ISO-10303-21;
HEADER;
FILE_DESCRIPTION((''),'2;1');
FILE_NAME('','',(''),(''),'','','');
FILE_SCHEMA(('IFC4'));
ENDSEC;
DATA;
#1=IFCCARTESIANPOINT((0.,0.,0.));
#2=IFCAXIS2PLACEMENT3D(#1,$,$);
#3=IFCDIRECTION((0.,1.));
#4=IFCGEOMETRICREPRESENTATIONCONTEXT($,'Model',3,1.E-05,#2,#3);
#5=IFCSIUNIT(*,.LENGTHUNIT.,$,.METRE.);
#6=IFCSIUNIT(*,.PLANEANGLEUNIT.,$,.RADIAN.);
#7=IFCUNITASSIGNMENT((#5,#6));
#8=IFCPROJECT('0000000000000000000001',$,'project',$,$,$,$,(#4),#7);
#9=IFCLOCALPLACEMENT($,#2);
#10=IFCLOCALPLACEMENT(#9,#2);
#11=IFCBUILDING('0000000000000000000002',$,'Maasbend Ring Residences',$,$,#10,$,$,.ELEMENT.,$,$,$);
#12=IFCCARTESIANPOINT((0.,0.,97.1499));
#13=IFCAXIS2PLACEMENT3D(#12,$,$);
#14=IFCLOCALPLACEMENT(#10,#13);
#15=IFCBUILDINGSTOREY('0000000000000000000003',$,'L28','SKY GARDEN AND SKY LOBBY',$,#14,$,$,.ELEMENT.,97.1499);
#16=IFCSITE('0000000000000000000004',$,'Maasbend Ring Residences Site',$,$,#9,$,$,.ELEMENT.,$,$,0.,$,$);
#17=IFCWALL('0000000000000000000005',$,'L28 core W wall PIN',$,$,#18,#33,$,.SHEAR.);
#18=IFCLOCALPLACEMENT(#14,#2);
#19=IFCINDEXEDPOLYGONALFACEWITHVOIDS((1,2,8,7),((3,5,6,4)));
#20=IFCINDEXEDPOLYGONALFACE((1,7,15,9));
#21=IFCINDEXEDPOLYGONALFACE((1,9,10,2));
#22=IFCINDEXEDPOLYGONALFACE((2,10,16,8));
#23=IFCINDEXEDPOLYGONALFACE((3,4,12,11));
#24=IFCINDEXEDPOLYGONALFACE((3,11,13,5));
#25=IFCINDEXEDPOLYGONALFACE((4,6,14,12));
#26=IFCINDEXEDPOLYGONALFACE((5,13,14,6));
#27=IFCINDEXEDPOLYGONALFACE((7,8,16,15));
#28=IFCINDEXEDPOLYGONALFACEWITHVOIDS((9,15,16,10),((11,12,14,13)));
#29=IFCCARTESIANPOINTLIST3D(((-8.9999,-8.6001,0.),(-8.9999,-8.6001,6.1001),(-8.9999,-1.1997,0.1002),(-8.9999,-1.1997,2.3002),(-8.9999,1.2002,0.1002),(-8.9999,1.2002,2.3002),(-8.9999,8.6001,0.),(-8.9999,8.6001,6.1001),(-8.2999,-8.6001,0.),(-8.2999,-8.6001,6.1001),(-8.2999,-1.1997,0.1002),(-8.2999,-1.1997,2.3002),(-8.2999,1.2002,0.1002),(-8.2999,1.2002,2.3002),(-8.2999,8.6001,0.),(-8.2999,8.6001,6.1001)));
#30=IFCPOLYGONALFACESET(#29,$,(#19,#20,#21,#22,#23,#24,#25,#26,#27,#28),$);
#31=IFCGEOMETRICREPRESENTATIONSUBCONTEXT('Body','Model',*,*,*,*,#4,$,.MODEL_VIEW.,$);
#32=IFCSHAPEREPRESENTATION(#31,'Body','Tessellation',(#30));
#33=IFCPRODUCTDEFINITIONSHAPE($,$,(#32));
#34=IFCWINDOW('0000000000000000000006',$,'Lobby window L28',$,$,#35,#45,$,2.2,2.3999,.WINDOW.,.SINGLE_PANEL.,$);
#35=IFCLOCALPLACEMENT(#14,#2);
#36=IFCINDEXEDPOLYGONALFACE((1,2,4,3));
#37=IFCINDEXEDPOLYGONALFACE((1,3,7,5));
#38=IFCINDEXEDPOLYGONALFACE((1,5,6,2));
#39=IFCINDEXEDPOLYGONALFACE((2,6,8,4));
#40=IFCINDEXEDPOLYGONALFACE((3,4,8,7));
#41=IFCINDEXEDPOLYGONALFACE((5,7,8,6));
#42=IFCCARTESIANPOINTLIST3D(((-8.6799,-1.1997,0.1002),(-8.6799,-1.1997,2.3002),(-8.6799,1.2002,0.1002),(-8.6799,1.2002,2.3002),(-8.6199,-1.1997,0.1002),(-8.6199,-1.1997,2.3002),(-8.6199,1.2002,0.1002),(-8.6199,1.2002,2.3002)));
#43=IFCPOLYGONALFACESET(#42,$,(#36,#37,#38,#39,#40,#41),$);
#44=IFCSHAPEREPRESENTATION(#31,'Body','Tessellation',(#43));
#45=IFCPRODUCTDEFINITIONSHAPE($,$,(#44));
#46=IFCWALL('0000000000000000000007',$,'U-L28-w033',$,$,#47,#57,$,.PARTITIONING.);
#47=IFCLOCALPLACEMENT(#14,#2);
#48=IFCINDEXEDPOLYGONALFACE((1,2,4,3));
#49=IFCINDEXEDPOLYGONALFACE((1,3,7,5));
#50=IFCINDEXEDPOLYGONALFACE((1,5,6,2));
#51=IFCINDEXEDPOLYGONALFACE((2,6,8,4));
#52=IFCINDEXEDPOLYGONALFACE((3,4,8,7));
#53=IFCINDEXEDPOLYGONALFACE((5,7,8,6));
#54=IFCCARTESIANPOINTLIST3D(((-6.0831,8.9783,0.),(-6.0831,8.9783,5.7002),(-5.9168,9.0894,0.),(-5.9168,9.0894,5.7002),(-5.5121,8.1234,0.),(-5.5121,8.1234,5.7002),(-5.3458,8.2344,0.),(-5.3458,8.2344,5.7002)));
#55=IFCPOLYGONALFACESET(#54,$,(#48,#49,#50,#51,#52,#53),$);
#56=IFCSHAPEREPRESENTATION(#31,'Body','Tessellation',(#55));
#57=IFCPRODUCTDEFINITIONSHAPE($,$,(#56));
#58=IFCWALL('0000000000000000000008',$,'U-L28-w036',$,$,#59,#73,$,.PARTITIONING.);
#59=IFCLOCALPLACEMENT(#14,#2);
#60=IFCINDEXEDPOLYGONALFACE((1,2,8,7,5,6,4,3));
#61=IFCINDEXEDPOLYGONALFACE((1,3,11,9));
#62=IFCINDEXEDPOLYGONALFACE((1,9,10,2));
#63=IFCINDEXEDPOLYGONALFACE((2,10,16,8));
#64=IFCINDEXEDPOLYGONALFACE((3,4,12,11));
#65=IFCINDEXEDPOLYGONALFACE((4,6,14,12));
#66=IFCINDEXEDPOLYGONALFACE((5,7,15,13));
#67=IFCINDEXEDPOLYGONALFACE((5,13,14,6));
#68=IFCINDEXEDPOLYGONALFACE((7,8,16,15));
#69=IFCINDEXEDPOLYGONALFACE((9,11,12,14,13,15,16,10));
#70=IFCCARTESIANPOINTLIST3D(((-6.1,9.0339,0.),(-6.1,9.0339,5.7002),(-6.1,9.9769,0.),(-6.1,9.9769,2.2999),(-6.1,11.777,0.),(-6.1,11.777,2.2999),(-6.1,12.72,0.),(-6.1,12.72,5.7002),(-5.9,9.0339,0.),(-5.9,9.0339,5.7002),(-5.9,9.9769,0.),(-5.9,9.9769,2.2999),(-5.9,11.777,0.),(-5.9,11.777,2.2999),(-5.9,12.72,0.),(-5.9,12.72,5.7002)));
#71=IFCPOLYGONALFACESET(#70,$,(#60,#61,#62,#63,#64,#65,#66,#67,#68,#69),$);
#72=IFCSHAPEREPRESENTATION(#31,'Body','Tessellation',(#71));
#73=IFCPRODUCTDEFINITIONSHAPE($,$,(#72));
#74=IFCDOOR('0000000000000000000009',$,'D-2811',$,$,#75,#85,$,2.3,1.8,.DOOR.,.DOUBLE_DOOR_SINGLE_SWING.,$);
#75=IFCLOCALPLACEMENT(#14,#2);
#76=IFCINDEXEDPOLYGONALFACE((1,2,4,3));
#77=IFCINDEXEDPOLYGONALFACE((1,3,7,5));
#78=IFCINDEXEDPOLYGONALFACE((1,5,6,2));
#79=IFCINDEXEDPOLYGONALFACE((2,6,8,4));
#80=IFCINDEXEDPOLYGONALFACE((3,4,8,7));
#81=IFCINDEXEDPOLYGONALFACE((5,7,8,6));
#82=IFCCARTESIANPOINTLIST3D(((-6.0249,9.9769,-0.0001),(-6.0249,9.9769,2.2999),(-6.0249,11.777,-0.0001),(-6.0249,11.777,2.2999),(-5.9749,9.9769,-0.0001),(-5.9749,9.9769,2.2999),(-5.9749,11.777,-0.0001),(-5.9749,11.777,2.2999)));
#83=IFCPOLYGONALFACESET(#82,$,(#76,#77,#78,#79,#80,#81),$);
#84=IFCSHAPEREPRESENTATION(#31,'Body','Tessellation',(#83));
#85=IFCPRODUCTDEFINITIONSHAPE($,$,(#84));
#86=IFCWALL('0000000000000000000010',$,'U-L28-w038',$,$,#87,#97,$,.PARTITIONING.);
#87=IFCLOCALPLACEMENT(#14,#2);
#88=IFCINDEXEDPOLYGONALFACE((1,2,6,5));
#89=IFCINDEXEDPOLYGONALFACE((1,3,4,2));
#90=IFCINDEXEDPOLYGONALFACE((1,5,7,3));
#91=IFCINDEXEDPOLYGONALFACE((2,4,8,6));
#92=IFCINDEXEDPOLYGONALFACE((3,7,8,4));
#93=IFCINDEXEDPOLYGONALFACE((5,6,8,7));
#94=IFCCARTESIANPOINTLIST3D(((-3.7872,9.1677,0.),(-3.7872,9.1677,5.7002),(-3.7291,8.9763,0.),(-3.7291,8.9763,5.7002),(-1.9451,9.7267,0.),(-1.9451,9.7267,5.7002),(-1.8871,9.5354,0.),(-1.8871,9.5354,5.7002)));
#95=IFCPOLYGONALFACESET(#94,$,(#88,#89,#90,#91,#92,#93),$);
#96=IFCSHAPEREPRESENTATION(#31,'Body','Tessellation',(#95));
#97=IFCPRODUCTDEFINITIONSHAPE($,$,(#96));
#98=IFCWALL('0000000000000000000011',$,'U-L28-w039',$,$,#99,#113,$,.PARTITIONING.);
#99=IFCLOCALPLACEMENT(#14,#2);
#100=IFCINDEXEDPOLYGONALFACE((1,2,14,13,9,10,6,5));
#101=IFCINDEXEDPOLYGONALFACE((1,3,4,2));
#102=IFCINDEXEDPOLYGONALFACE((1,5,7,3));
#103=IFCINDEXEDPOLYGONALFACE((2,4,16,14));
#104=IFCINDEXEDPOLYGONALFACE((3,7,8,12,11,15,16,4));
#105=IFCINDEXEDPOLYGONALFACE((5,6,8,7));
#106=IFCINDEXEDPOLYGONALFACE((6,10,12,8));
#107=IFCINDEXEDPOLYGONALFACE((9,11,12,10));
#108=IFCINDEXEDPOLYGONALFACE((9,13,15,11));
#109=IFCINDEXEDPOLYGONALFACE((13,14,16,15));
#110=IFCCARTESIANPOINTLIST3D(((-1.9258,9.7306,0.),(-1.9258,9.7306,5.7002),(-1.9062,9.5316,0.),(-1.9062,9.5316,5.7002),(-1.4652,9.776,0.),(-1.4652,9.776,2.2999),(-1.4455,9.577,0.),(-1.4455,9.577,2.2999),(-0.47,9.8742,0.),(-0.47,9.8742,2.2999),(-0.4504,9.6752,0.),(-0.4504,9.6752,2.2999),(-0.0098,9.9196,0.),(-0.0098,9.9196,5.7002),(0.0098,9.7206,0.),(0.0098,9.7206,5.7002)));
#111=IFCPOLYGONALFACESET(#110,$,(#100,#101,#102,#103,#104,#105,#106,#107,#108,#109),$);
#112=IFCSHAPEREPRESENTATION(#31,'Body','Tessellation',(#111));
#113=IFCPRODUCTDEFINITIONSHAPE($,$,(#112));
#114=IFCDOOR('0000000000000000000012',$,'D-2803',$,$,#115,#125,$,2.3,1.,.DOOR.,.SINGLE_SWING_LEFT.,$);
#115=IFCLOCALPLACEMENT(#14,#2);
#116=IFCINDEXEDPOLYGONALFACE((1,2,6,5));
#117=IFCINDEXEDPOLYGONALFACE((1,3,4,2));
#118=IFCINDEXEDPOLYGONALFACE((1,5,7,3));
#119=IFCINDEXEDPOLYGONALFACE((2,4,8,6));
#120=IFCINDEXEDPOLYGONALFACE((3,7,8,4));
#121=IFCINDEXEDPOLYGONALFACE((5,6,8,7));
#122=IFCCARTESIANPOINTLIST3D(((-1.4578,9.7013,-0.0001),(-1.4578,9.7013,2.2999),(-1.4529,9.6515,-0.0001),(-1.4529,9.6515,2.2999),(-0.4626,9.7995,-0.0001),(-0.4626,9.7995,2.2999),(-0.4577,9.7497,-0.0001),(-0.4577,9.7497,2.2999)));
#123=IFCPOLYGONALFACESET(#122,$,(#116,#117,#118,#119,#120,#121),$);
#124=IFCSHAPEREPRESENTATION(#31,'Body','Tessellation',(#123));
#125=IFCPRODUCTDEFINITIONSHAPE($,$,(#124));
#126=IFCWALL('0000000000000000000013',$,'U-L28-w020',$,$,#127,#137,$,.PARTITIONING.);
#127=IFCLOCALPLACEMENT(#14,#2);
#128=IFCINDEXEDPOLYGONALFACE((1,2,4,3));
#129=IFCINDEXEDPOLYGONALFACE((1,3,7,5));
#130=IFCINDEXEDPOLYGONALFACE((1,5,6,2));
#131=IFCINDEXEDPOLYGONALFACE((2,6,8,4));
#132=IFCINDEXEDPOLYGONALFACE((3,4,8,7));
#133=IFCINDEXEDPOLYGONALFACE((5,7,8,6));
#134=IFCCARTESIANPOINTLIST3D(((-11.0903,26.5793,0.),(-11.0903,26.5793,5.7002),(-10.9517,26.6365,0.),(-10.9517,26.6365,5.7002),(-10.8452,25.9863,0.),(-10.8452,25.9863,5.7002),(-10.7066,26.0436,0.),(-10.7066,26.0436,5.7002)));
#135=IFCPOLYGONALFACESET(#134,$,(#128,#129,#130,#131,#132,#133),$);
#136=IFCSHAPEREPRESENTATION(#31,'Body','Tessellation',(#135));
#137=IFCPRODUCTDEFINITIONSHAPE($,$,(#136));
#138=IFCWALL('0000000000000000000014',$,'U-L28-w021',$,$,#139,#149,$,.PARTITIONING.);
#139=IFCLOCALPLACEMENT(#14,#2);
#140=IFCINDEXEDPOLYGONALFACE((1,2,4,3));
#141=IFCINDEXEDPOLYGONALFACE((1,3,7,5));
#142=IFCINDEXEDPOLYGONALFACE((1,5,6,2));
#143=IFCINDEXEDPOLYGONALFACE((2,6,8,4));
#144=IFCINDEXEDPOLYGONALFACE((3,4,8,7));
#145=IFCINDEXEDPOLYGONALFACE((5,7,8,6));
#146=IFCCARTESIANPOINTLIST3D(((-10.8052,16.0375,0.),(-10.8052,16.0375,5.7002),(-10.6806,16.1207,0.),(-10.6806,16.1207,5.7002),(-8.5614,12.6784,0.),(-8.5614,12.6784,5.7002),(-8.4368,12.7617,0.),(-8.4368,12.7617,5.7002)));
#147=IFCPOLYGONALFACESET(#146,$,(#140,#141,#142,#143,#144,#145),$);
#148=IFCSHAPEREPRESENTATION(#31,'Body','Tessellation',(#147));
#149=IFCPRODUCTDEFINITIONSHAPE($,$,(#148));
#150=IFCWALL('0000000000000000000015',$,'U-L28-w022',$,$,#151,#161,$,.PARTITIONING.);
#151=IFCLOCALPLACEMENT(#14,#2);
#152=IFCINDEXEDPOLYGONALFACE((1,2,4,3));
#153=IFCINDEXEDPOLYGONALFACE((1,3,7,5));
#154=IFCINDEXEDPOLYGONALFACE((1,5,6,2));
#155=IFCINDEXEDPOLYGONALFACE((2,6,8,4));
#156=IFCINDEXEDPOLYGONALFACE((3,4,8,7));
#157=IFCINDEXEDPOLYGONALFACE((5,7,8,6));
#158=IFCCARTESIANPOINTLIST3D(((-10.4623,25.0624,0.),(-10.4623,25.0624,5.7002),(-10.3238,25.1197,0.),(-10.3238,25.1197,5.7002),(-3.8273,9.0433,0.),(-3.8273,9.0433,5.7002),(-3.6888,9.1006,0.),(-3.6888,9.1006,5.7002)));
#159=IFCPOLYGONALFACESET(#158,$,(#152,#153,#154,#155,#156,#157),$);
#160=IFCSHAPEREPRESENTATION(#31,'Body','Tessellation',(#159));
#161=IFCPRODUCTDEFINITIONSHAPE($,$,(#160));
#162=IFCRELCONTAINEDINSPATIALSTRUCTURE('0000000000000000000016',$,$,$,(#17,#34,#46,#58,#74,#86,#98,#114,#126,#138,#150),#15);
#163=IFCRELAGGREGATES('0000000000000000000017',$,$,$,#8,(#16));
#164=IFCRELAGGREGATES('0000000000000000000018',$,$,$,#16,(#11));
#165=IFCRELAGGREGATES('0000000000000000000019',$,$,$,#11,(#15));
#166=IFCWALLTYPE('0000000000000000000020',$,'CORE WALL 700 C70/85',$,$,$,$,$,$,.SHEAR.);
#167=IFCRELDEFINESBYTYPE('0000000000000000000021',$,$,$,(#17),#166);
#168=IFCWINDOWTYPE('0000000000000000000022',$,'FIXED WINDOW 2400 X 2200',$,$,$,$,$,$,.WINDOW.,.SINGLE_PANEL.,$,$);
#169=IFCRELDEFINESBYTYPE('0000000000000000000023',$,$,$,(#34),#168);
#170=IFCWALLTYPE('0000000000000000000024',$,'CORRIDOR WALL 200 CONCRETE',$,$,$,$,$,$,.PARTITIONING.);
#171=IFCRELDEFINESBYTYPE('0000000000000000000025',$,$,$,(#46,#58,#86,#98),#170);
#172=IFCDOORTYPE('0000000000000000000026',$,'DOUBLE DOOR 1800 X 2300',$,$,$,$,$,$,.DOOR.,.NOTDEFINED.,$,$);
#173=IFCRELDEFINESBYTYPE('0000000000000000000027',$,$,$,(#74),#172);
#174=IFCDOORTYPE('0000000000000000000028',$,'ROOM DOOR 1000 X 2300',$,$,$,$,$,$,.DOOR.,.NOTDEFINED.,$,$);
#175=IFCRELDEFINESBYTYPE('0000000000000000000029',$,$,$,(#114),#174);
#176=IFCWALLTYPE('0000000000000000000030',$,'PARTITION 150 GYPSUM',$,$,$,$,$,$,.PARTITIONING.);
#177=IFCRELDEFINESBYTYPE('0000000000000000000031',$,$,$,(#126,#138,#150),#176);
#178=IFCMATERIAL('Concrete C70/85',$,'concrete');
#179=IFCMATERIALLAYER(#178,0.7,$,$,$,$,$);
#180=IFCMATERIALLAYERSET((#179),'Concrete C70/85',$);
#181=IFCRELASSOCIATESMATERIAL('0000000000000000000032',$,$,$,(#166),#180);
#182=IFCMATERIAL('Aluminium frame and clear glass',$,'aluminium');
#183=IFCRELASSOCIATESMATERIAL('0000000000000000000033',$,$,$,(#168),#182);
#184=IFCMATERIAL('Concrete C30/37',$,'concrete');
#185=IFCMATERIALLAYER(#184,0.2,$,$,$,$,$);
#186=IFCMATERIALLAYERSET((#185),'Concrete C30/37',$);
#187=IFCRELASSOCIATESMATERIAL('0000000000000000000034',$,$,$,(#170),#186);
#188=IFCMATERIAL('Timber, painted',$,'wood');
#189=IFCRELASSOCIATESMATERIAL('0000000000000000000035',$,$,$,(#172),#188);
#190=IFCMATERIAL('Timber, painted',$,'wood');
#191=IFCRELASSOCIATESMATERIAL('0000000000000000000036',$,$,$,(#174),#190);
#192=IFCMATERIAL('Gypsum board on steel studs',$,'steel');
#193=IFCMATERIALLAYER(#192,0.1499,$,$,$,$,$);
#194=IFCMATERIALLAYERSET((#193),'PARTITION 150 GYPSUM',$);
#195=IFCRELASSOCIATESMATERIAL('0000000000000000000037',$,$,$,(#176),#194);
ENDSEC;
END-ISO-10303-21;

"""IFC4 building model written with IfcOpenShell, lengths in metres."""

from ifc_helpers import new_model, si_unit, direction, frame, frame_2d, origin, place, context, subcontext, project, spatial, rectangle, extrude, material, layer, layer_set, type_object, element, fill, save


model = new_model("IFC4")

# Units and contexts
model_context = context("Model", 3, precision=1e-05, world=origin(), true_north=direction((0.0, 1.0)))
body_context = subcontext(model_context, "Body", "Model", "MODEL_VIEW")
ifc_project = project(units=[si_unit("LENGTHUNIT", "METRE"), si_unit("PLANEANGLEUNIT", "RADIAN")], contexts=[model_context])

# Site, building, storey
site_placement = place(None, origin())
site = spatial("IfcSite", under=ifc_project, at=site_placement, Name="Maasbend Ring Residences Site", CompositionType="ELEMENT", RefElevation=0.0)
building_placement = place(site_placement, origin())
building = spatial("IfcBuilding", under=site, at=building_placement, Name="Maasbend Ring Residences", CompositionType="ELEMENT")
storey_placement = place(building_placement, frame((0.0, 0.0, 97.1499)))
storey = spatial("IfcBuildingStorey", under=building, at=storey_placement, Name="L28", Description="SKY GARDEN AND SKY LOBBY", CompositionType="ELEMENT", Elevation=97.1499)

# Shared definitions
ifc_material_1 = material(Name="Concrete C70/85", Category="concrete")
ifc_layer_1 = layer(ifc_material_1, 0.7)
ifc_layer_set_1 = layer_set([ifc_layer_1], Name="Concrete C70/85")
wall_type_1 = type_object("IfcWallType", Name="CORE WALL 700 C70/85", PredefinedType="SHEAR", material=ifc_layer_set_1)

# Wall, opening, window
wall_1_placement = place(storey_placement, frame((-8.6499, 8.6001, 0.0), z_axis=(0.0, 0.0, 1.0), x_axis=(0.0, -1.0, 0.0)))
wall_1 = element("IfcWall", 1, at=wall_1_placement, inside=storey, type_object=wall_type_1, Name="L28 core W wall PIN", PredefinedType="SHEAR", context=body_context, shape_type="SweptSolid", body=[
    extrude(rectangle(XDim=17.2002, YDim=0.7, at=frame_2d((8.6001, 0.0))), origin(), (0.0, 0.0, 1.0), 6.1001),
])
opening_1_placement = place(wall_1_placement, frame((7.3999, 0.0, 0.1001)))
opening_1 = element("IfcOpeningElement", 2, at=opening_1_placement, cuts=wall_1, PredefinedType="OPENING", context=body_context, shape_type="SweptSolid", body=[
    extrude(rectangle(XDim=2.3999, YDim=2.2, at=frame_2d((1.2, 1.1001))), frame((0.0, 0.3599, 0.0), z_axis=(0.0, -1.0, 0.0), x_axis=(1.0, 0.0, 0.0)), (0.0, 0.0, 1.0), 0.72),
])
ifc_material_2 = material(Name="Aluminium frame and clear glass", Category="aluminium")
window_type = type_object("IfcWindowType", Name="FIXED WINDOW 2400 X 2200", PartitioningType="SINGLE_PANEL", PredefinedType="WINDOW", material=ifc_material_2)
window_placement = place(opening_1_placement, origin())
window = element("IfcWindow", 3, at=window_placement, inside=storey, type_object=window_type, Name="Lobby window L28", OverallHeight=2.2, OverallWidth=2.3999, PartitioningType="SINGLE_PANEL", PredefinedType="WINDOW", context=body_context, shape_type="SweptSolid", body=[
    extrude(rectangle(XDim=2.3999, YDim=2.2, at=frame_2d((1.2, 1.1001))), frame((0.0, 0.03, 0.0), z_axis=(0.0, -1.0, 0.0), x_axis=(1.0, 0.0, 0.0)), (0.0, 0.0, 1.0), 0.0601),
])
fill(opening_1, window)

# Wall
ifc_material_3 = material(Name="Concrete C30/37", Category="concrete")
ifc_layer_2 = layer(ifc_material_3, 0.2)
ifc_layer_set_2 = layer_set([ifc_layer_2], Name="Concrete C30/37")
wall_type_2 = type_object("IfcWallType", Name="CORRIDOR WALL 200 CONCRETE", PredefinedType="PARTITIONING", material=ifc_layer_set_2)
wall_2_placement = place(storey_placement, frame((-6.0, 9.0339, 0.0), z_axis=(0.0, 0.0, 1.0), x_axis=(0.555412, -0.831575, 0.0)))
element("IfcWall", 4, at=wall_2_placement, inside=storey, type_object=wall_type_2, Name="U-L28-w033", PredefinedType="PARTITIONING", context=body_context, shape_type="SweptSolid", body=[
    extrude(rectangle(XDim=1.0281, YDim=0.2, at=frame_2d((0.5142, 0.0))), origin(), (0.0, 0.0, 1.0), 5.7002),
])

# Wall, opening, door
wall_3_placement = place(storey_placement, frame((-6.0, 9.0339, 0.0), z_axis=(0.0, 0.0, 1.0), x_axis=(0.0, 1.0, 0.0)))
wall_3 = element("IfcWall", 5, at=wall_3_placement, inside=storey, type_object=wall_type_2, Name="U-L28-w036", PredefinedType="PARTITIONING", context=body_context, shape_type="SweptSolid", body=[
    extrude(rectangle(XDim=3.686, YDim=0.2, at=frame_2d((1.843, 0.0))), origin(), (0.0, 0.0, 1.0), 5.7002),
])
opening_2_placement = place(wall_3_placement, frame((0.9431, 0.0, 0.0)))
opening_2 = element("IfcOpeningElement", 6, at=opening_2_placement, cuts=wall_3, PredefinedType="OPENING", context=body_context, shape_type="SweptSolid", body=[
    extrude(rectangle(XDim=1.8, YDim=2.3, at=frame_2d((0.8999, 1.1499))), frame((0.0, 0.1099, 0.0), z_axis=(0.0, -1.0, 0.0), x_axis=(1.0, 0.0, 0.0)), (0.0, 0.0, 1.0), 0.22),
])
ifc_material_4 = material(Name="Timber, painted", Category="wood")
door_type_1 = type_object("IfcDoorType", Name="DOUBLE DOOR 1800 X 2300", OperationType="NOTDEFINED", PredefinedType="DOOR", material=ifc_material_4)
door_1_placement = place(opening_2_placement, origin())
door_1 = element("IfcDoor", 7, at=door_1_placement, inside=storey, type_object=door_type_1, Name="D-2811", OperationType="DOUBLE_DOOR_SINGLE_SWING", OverallHeight=2.3, OverallWidth=1.8, PredefinedType="DOOR", context=body_context, shape_type="SweptSolid", body=[
    extrude(rectangle(XDim=1.8, YDim=2.3, at=frame_2d((0.8999, 1.1499))), frame((0.0, 0.0249, 0.0), z_axis=(0.0, -1.0, 0.0), x_axis=(1.0, 0.0, 0.0)), (0.0, 0.0, 1.0), 0.05),
])
fill(opening_2, door_1)

# Wall
wall_4_placement = place(storey_placement, frame((-3.7581, 9.072, 0.0), z_axis=(0.0, 0.0, 1.0), x_axis=(0.956896, 0.29043, 0.0)))
element("IfcWall", 8, at=wall_4_placement, inside=storey, type_object=wall_type_2, Name="U-L28-w038", PredefinedType="PARTITIONING", context=body_context, shape_type="SweptSolid", body=[
    extrude(rectangle(XDim=1.925, YDim=0.2, at=frame_2d((0.9624, 0.0))), origin(), (0.0, 0.0, 1.0), 5.7002),
])

# Wall, opening, door
wall_5_placement = place(storey_placement, frame((-1.916, 9.6311, 0.0), z_axis=(0.0, 0.0, 1.0), x_axis=(0.995172, 0.098148, 0.0)))
wall_5 = element("IfcWall", 9, at=wall_5_placement, inside=storey, type_object=wall_type_2, Name="U-L28-w039", PredefinedType="PARTITIONING", context=body_context, shape_type="SweptSolid", body=[
    extrude(rectangle(XDim=1.9253, YDim=0.2, at=frame_2d((0.9626, 0.0))), origin(), (0.0, 0.0, 1.0), 5.7002),
])
opening_3_placement = place(wall_5_placement, frame((0.4629, 0.0, 0.0)))
opening_3 = element("IfcOpeningElement", 10, at=opening_3_placement, cuts=wall_5, PredefinedType="OPENING", context=body_context, shape_type="SweptSolid", body=[
    extrude(rectangle(XDim=1.0, YDim=2.3, at=frame_2d((0.5, 1.1499))), frame((0.0, 0.1099, 0.0), z_axis=(0.0, -1.0, 0.0), x_axis=(1.0, 0.0, 0.0)), (0.0, 0.0, 1.0), 0.22),
])
ifc_material_5 = material(Name="Timber, painted", Category="wood")
door_type_2 = type_object("IfcDoorType", Name="ROOM DOOR 1000 X 2300", OperationType="NOTDEFINED", PredefinedType="DOOR", material=ifc_material_5)
door_2_placement = place(opening_3_placement, origin())
door_2 = element("IfcDoor", 11, at=door_2_placement, inside=storey, type_object=door_type_2, Name="D-2803", OperationType="SINGLE_SWING_LEFT", OverallHeight=2.3, OverallWidth=1.0, PredefinedType="DOOR", context=body_context, shape_type="SweptSolid", body=[
    extrude(rectangle(XDim=1.0, YDim=2.3, at=frame_2d((0.5, 1.1499))), frame((0.0, 0.0249, 0.0), z_axis=(0.0, -1.0, 0.0), x_axis=(1.0, 0.0, 0.0)), (0.0, 0.0, 1.0), 0.05),
])
fill(opening_3, door_2)

# Walls
ifc_material_6 = material(Name="Gypsum board on steel studs", Category="steel")
ifc_layer_3 = layer(ifc_material_6, 0.1499)
ifc_layer_set_3 = layer_set([ifc_layer_3], Name="PARTITION 150 GYPSUM")
wall_type_3 = type_object("IfcWallType", Name="PARTITION 150 GYPSUM", PredefinedType="PARTITIONING", material=ifc_layer_set_3)
wall_6_placement = place(storey_placement, frame((-11.021, 26.6079, 0.0), z_axis=(0.0, 0.0, 1.0), x_axis=(0.381993, -0.924165, 0.0)))
element("IfcWall", 12, at=wall_6_placement, inside=storey, type_object=wall_type_3, Name="U-L28-w020", PredefinedType="PARTITIONING", context=body_context, shape_type="SweptSolid", body=[
    extrude(rectangle(XDim=0.6416, YDim=0.1499, at=frame_2d((0.3208, 0.0))), origin(), (0.0, 0.0, 1.0), 5.7002),
])
wall_7_placement = place(storey_placement, frame((-10.7429, 16.0791, 0.0), z_axis=(0.0, 0.0, 1.0), x_axis=(0.555467, -0.831539, 0.0)))
element("IfcWall", 13, at=wall_7_placement, inside=storey, type_object=wall_type_3, Name="U-L28-w021", PredefinedType="PARTITIONING", context=body_context, shape_type="SweptSolid", body=[
    extrude(rectangle(XDim=4.0396, YDim=0.1499, at=frame_2d((2.0198, 0.0))), origin(), (0.0, 0.0, 1.0), 5.7002),
])
wall_8_placement = place(storey_placement, frame((-10.3931, 25.0911, 0.0), z_axis=(0.0, 0.0, 1.0), x_axis=(0.382669, -0.923886, 0.0)))
element("IfcWall", 14, at=wall_8_placement, inside=storey, type_object=wall_type_3, Name="U-L28-w022", PredefinedType="PARTITIONING", context=body_context, shape_type="SweptSolid", body=[
    extrude(rectangle(XDim=17.3389, YDim=0.1499, at=frame_2d((8.6694, 0.0))), origin(), (0.0, 0.0, 1.0), 5.7002),
])

save(model, "model.ifc")
